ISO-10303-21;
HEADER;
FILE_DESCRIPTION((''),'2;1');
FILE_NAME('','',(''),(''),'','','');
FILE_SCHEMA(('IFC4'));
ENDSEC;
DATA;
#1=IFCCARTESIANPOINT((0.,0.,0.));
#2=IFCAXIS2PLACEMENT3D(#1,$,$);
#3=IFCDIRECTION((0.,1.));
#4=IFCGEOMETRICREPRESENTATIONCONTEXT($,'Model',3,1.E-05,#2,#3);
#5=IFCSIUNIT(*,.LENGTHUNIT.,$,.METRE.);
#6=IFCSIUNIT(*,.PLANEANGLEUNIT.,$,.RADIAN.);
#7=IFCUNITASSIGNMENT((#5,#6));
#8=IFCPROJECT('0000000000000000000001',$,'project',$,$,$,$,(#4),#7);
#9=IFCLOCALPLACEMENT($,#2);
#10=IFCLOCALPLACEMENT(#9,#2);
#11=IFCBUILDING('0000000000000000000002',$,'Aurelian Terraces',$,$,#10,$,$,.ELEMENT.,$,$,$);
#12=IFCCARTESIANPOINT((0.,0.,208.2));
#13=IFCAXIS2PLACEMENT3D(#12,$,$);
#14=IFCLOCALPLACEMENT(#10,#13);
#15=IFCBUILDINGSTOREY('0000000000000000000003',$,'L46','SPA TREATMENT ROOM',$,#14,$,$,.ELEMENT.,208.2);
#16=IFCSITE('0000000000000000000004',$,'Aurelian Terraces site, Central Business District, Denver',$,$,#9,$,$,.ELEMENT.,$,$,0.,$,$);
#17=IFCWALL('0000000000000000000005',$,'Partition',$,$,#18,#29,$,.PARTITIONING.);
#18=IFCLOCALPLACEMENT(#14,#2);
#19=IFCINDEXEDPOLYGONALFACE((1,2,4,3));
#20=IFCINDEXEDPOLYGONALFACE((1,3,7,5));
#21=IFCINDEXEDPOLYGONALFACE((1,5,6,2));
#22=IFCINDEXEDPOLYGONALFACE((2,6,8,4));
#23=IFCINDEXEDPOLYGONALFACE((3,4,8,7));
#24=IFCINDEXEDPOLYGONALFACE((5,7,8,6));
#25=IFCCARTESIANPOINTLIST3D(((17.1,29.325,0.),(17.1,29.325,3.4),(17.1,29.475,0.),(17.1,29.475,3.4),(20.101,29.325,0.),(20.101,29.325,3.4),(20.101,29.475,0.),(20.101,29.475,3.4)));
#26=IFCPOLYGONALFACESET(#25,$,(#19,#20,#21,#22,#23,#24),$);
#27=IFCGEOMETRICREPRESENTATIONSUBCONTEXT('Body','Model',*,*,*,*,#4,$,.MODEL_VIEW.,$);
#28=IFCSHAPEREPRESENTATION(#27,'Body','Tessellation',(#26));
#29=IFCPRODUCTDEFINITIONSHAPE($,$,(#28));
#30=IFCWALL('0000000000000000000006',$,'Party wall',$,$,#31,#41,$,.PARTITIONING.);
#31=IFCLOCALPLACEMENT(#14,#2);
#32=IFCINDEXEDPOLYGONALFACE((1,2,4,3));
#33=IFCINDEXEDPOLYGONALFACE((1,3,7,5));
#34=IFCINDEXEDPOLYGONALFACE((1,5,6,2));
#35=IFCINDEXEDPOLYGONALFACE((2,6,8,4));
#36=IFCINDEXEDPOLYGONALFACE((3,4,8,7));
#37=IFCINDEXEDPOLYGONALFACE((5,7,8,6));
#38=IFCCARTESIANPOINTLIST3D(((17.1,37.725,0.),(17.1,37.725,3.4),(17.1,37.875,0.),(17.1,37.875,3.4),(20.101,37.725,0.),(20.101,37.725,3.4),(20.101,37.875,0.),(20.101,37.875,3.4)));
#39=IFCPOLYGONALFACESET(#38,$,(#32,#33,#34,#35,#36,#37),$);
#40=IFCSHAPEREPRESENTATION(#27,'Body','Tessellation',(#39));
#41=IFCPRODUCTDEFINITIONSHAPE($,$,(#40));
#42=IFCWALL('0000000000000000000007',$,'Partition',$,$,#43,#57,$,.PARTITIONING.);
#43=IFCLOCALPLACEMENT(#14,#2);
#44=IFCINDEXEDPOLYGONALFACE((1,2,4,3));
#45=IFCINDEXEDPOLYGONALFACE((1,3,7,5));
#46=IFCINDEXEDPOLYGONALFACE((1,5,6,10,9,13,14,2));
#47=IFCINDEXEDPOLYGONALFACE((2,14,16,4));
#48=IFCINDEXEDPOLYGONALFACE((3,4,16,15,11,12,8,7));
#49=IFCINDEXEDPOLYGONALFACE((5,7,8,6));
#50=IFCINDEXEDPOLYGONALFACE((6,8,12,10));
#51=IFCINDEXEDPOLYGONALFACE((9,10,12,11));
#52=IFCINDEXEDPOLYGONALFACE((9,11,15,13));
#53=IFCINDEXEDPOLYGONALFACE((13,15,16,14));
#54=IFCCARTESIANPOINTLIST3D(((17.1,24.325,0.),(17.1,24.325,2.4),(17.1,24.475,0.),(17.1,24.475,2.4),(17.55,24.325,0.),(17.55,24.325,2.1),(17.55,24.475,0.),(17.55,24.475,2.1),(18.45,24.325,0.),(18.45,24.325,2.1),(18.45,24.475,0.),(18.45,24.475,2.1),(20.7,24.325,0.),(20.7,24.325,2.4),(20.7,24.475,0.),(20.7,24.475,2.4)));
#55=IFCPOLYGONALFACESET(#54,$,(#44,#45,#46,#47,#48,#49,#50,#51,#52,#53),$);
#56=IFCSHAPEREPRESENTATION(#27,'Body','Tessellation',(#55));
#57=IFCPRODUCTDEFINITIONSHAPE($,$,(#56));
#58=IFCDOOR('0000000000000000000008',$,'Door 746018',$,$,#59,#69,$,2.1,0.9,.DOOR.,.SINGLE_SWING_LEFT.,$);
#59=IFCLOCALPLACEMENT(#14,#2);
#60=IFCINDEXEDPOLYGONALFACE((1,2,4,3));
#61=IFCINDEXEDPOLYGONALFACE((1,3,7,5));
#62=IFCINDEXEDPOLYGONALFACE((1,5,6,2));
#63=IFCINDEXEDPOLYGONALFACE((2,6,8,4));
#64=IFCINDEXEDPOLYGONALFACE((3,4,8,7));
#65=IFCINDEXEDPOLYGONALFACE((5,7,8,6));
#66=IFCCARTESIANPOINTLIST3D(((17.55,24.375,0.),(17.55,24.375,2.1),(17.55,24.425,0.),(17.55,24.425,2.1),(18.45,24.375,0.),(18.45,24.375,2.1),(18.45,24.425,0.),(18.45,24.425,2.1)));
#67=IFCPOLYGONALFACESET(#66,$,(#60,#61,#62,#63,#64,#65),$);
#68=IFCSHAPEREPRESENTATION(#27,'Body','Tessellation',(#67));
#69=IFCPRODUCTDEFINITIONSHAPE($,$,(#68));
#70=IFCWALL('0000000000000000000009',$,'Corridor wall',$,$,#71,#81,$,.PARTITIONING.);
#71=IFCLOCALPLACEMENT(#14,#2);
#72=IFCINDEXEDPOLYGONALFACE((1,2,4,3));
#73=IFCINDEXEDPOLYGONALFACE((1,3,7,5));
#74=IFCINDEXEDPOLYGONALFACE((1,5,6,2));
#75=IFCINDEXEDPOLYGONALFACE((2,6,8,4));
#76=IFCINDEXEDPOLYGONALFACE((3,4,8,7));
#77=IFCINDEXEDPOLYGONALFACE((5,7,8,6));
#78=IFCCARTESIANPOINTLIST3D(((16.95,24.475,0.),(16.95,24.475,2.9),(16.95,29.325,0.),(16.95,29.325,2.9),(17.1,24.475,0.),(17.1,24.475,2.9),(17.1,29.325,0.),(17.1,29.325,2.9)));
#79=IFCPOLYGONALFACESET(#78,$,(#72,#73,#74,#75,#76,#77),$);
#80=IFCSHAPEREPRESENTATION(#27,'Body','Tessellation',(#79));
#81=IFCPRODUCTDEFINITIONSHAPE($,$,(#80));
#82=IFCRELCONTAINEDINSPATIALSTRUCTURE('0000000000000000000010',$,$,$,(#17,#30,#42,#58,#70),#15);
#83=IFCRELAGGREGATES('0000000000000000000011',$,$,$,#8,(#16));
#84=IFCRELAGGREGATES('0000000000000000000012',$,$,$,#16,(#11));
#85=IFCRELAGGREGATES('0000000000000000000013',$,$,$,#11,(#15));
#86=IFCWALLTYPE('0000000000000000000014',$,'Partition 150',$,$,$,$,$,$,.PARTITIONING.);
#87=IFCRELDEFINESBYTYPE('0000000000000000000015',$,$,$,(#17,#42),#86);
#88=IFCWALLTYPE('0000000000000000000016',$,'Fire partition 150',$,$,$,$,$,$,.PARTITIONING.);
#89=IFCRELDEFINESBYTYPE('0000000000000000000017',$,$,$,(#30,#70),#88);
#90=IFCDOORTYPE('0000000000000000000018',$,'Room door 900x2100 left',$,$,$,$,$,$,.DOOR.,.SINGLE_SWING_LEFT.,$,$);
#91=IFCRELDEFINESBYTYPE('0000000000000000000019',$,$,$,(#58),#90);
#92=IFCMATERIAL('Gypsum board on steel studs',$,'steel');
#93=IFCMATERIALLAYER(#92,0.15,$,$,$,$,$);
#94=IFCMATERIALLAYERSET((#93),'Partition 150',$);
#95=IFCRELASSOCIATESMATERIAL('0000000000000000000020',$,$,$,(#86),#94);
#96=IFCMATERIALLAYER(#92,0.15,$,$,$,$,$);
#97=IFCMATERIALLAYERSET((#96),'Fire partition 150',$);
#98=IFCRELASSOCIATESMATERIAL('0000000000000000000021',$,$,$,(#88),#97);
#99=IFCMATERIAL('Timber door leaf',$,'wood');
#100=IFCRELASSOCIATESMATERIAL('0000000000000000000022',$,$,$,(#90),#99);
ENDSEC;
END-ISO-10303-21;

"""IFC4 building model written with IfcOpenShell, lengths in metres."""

from ifc_helpers import new_model, si_unit, direction, frame, frame_2d, origin, place, context, subcontext, project, spatial, rectangle, extrude, source, transform, mapped, material, layer, layer_set, type_object, element, fill, save


model = new_model("IFC4")

# Units and contexts
model_context = context("Model", 3, precision=1e-05, world=origin(), true_north=direction((0.0, 1.0)))
body_context = subcontext(model_context, "Body", "Model", "MODEL_VIEW")
ifc_project = project(units=[si_unit("LENGTHUNIT", "METRE"), si_unit("PLANEANGLEUNIT", "RADIAN")], contexts=[model_context])

# Site, building, storey
site_placement = place(None, origin())
site = spatial("IfcSite", under=ifc_project, at=site_placement, Name="Aurelian Terraces site, Central Business District, Denver", CompositionType="ELEMENT", RefElevation=0.0)
building_placement = place(site_placement, origin())
building = spatial("IfcBuilding", under=site, at=building_placement, Name="Aurelian Terraces", CompositionType="ELEMENT")
storey_placement = place(building_placement, frame((0.0, 0.0, 208.2)))
storey = spatial("IfcBuildingStorey", under=building, at=storey_placement, Name="L46", Description="SPA TREATMENT ROOM", CompositionType="ELEMENT", Elevation=208.2)

# Shared definitions
ifc_material_1 = material(Name="Timber door leaf", Category="wood")

# Shared definitions
ifc_material_2 = material(Name="Gypsum board on steel studs", Category="steel")
ifc_layer_1 = layer(ifc_material_2, 0.15)
ifc_layer_set_1 = layer_set([ifc_layer_1], Name="Partition 150")
wall_type_1 = type_object("IfcWallType", Name="Partition 150", PredefinedType="PARTITIONING", material=ifc_layer_set_1)
shared_shape_1 = source(origin(), body_context, "Body", "SweptSolid", [
    extrude(rectangle(XDim=0.9, YDim=2.1, at=frame_2d((0.45, 1.05))), frame((0.0, 0.085, 0.0), z_axis=(0.0, -1.0, 0.0), x_axis=(1.0, 0.0, 0.0)), (0.0, 0.0, 1.0), 0.17),
])
shared_shape_2 = source(origin(), body_context, "Body", "SweptSolid", [
    extrude(rectangle(XDim=0.9, YDim=2.1, at=frame_2d((0.45, 1.05))), frame((0.0, 0.025, 0.0), z_axis=(0.0, -1.0, 0.0), x_axis=(1.0, 0.0, 0.0)), (0.0, 0.0, 1.0), 0.05),
])

# Walls
ifc_layer_2 = layer(ifc_material_2, 0.15)
ifc_layer_set_2 = layer_set([ifc_layer_2], Name="Fire partition 150")
wall_type_2 = type_object("IfcWallType", Name="Fire partition 150", PredefinedType="PARTITIONING", material=ifc_layer_set_2)
shared_shape_3 = source(origin(), body_context, "Body", "SweptSolid", [
    extrude(rectangle(XDim=3.001, YDim=0.15, at=frame_2d((1.5005, 0.0))), origin(), (0.0, 0.0, 1.0), 3.4),
])
wall_1_placement = place(storey_placement, frame((20.101, 29.4, 0.0), z_axis=(0.0, 0.0, 1.0), x_axis=(-1.0, 0.0, 0.0)))
element("IfcWall", 1, at=wall_1_placement, inside=storey, type_object=wall_type_1, Name="Partition", PredefinedType="PARTITIONING", context=body_context, shape_type="MappedRepresentation", body=[
    mapped(shared_shape_3, transform((0.0, 0.0, 0.0), scale=1.0)),
])
wall_2_placement = place(storey_placement, frame((20.101, 37.8, 0.0), z_axis=(0.0, 0.0, 1.0), x_axis=(-1.0, 0.0, 0.0)))
element("IfcWall", 2, at=wall_2_placement, inside=storey, type_object=wall_type_2, Name="Party wall", PredefinedType="PARTITIONING", context=body_context, shape_type="MappedRepresentation", body=[
    mapped(shared_shape_3, transform((0.0, 0.0, 0.0), scale=1.0)),
])

# Wall, opening, door
shared_shape_4 = source(origin(), body_context, "Body", "SweptSolid", [
    extrude(rectangle(XDim=3.6, YDim=0.15, at=frame_2d((1.8, 0.0))), origin(), (0.0, 0.0, 1.0), 2.4),
])
wall_3_placement = place(storey_placement, frame((17.1, 24.4, 0.0), z_axis=(0.0, 0.0, 1.0), x_axis=(1.0, 0.0, 0.0)))
wall_3 = element("IfcWall", 3, at=wall_3_placement, inside=storey, type_object=wall_type_1, Name="Partition", PredefinedType="PARTITIONING", context=body_context, shape_type="MappedRepresentation", body=[
    mapped(shared_shape_4, transform((0.0, 0.0, 0.0), scale=1.0)),
])
opening_1_placement = place(wall_3_placement, frame((0.45, 0.0, 0.0)))
opening_1 = element("IfcOpeningElement", 4, at=opening_1_placement, cuts=wall_3, PredefinedType="OPENING", context=body_context, shape_type="MappedRepresentation", body=[
    mapped(shared_shape_1, transform((0.0, 0.0, 0.0), scale=1.0)),
])
door_type_1 = type_object("IfcDoorType", Name="Room door 900x2100 left", OperationType="SINGLE_SWING_LEFT", PredefinedType="DOOR", material=ifc_material_1)
door_1_placement = place(opening_1_placement, origin())
door_1 = element("IfcDoor", 5, at=door_1_placement, inside=storey, type_object=door_type_1, Name="Door 746018", OperationType="SINGLE_SWING_LEFT", OverallHeight=2.1, OverallWidth=0.9, PredefinedType="DOOR", context=body_context, shape_type="MappedRepresentation", body=[
    mapped(shared_shape_2, transform((0.0, 0.0, 0.0), scale=1.0)),
])
fill(opening_1, door_1)

# Wall
shared_shape_5 = source(origin(), body_context, "Body", "SweptSolid", [
    extrude(rectangle(XDim=4.85, YDim=0.15, at=frame_2d((2.425, 0.0))), origin(), (0.0, 0.0, 1.0), 2.9),
])
wall_4_placement = place(storey_placement, frame((17.025, 29.325, 0.0), z_axis=(0.0, 0.0, 1.0), x_axis=(0.0, -1.0, 0.0)))
element("IfcWall", 6, at=wall_4_placement, inside=storey, type_object=wall_type_2, Name="Corridor wall", PredefinedType="PARTITIONING", context=body_context, shape_type="MappedRepresentation", body=[
    mapped(shared_shape_5, transform((0.0, 0.0, 0.0), scale=1.0)),
])

save(model, "model.ifc")
